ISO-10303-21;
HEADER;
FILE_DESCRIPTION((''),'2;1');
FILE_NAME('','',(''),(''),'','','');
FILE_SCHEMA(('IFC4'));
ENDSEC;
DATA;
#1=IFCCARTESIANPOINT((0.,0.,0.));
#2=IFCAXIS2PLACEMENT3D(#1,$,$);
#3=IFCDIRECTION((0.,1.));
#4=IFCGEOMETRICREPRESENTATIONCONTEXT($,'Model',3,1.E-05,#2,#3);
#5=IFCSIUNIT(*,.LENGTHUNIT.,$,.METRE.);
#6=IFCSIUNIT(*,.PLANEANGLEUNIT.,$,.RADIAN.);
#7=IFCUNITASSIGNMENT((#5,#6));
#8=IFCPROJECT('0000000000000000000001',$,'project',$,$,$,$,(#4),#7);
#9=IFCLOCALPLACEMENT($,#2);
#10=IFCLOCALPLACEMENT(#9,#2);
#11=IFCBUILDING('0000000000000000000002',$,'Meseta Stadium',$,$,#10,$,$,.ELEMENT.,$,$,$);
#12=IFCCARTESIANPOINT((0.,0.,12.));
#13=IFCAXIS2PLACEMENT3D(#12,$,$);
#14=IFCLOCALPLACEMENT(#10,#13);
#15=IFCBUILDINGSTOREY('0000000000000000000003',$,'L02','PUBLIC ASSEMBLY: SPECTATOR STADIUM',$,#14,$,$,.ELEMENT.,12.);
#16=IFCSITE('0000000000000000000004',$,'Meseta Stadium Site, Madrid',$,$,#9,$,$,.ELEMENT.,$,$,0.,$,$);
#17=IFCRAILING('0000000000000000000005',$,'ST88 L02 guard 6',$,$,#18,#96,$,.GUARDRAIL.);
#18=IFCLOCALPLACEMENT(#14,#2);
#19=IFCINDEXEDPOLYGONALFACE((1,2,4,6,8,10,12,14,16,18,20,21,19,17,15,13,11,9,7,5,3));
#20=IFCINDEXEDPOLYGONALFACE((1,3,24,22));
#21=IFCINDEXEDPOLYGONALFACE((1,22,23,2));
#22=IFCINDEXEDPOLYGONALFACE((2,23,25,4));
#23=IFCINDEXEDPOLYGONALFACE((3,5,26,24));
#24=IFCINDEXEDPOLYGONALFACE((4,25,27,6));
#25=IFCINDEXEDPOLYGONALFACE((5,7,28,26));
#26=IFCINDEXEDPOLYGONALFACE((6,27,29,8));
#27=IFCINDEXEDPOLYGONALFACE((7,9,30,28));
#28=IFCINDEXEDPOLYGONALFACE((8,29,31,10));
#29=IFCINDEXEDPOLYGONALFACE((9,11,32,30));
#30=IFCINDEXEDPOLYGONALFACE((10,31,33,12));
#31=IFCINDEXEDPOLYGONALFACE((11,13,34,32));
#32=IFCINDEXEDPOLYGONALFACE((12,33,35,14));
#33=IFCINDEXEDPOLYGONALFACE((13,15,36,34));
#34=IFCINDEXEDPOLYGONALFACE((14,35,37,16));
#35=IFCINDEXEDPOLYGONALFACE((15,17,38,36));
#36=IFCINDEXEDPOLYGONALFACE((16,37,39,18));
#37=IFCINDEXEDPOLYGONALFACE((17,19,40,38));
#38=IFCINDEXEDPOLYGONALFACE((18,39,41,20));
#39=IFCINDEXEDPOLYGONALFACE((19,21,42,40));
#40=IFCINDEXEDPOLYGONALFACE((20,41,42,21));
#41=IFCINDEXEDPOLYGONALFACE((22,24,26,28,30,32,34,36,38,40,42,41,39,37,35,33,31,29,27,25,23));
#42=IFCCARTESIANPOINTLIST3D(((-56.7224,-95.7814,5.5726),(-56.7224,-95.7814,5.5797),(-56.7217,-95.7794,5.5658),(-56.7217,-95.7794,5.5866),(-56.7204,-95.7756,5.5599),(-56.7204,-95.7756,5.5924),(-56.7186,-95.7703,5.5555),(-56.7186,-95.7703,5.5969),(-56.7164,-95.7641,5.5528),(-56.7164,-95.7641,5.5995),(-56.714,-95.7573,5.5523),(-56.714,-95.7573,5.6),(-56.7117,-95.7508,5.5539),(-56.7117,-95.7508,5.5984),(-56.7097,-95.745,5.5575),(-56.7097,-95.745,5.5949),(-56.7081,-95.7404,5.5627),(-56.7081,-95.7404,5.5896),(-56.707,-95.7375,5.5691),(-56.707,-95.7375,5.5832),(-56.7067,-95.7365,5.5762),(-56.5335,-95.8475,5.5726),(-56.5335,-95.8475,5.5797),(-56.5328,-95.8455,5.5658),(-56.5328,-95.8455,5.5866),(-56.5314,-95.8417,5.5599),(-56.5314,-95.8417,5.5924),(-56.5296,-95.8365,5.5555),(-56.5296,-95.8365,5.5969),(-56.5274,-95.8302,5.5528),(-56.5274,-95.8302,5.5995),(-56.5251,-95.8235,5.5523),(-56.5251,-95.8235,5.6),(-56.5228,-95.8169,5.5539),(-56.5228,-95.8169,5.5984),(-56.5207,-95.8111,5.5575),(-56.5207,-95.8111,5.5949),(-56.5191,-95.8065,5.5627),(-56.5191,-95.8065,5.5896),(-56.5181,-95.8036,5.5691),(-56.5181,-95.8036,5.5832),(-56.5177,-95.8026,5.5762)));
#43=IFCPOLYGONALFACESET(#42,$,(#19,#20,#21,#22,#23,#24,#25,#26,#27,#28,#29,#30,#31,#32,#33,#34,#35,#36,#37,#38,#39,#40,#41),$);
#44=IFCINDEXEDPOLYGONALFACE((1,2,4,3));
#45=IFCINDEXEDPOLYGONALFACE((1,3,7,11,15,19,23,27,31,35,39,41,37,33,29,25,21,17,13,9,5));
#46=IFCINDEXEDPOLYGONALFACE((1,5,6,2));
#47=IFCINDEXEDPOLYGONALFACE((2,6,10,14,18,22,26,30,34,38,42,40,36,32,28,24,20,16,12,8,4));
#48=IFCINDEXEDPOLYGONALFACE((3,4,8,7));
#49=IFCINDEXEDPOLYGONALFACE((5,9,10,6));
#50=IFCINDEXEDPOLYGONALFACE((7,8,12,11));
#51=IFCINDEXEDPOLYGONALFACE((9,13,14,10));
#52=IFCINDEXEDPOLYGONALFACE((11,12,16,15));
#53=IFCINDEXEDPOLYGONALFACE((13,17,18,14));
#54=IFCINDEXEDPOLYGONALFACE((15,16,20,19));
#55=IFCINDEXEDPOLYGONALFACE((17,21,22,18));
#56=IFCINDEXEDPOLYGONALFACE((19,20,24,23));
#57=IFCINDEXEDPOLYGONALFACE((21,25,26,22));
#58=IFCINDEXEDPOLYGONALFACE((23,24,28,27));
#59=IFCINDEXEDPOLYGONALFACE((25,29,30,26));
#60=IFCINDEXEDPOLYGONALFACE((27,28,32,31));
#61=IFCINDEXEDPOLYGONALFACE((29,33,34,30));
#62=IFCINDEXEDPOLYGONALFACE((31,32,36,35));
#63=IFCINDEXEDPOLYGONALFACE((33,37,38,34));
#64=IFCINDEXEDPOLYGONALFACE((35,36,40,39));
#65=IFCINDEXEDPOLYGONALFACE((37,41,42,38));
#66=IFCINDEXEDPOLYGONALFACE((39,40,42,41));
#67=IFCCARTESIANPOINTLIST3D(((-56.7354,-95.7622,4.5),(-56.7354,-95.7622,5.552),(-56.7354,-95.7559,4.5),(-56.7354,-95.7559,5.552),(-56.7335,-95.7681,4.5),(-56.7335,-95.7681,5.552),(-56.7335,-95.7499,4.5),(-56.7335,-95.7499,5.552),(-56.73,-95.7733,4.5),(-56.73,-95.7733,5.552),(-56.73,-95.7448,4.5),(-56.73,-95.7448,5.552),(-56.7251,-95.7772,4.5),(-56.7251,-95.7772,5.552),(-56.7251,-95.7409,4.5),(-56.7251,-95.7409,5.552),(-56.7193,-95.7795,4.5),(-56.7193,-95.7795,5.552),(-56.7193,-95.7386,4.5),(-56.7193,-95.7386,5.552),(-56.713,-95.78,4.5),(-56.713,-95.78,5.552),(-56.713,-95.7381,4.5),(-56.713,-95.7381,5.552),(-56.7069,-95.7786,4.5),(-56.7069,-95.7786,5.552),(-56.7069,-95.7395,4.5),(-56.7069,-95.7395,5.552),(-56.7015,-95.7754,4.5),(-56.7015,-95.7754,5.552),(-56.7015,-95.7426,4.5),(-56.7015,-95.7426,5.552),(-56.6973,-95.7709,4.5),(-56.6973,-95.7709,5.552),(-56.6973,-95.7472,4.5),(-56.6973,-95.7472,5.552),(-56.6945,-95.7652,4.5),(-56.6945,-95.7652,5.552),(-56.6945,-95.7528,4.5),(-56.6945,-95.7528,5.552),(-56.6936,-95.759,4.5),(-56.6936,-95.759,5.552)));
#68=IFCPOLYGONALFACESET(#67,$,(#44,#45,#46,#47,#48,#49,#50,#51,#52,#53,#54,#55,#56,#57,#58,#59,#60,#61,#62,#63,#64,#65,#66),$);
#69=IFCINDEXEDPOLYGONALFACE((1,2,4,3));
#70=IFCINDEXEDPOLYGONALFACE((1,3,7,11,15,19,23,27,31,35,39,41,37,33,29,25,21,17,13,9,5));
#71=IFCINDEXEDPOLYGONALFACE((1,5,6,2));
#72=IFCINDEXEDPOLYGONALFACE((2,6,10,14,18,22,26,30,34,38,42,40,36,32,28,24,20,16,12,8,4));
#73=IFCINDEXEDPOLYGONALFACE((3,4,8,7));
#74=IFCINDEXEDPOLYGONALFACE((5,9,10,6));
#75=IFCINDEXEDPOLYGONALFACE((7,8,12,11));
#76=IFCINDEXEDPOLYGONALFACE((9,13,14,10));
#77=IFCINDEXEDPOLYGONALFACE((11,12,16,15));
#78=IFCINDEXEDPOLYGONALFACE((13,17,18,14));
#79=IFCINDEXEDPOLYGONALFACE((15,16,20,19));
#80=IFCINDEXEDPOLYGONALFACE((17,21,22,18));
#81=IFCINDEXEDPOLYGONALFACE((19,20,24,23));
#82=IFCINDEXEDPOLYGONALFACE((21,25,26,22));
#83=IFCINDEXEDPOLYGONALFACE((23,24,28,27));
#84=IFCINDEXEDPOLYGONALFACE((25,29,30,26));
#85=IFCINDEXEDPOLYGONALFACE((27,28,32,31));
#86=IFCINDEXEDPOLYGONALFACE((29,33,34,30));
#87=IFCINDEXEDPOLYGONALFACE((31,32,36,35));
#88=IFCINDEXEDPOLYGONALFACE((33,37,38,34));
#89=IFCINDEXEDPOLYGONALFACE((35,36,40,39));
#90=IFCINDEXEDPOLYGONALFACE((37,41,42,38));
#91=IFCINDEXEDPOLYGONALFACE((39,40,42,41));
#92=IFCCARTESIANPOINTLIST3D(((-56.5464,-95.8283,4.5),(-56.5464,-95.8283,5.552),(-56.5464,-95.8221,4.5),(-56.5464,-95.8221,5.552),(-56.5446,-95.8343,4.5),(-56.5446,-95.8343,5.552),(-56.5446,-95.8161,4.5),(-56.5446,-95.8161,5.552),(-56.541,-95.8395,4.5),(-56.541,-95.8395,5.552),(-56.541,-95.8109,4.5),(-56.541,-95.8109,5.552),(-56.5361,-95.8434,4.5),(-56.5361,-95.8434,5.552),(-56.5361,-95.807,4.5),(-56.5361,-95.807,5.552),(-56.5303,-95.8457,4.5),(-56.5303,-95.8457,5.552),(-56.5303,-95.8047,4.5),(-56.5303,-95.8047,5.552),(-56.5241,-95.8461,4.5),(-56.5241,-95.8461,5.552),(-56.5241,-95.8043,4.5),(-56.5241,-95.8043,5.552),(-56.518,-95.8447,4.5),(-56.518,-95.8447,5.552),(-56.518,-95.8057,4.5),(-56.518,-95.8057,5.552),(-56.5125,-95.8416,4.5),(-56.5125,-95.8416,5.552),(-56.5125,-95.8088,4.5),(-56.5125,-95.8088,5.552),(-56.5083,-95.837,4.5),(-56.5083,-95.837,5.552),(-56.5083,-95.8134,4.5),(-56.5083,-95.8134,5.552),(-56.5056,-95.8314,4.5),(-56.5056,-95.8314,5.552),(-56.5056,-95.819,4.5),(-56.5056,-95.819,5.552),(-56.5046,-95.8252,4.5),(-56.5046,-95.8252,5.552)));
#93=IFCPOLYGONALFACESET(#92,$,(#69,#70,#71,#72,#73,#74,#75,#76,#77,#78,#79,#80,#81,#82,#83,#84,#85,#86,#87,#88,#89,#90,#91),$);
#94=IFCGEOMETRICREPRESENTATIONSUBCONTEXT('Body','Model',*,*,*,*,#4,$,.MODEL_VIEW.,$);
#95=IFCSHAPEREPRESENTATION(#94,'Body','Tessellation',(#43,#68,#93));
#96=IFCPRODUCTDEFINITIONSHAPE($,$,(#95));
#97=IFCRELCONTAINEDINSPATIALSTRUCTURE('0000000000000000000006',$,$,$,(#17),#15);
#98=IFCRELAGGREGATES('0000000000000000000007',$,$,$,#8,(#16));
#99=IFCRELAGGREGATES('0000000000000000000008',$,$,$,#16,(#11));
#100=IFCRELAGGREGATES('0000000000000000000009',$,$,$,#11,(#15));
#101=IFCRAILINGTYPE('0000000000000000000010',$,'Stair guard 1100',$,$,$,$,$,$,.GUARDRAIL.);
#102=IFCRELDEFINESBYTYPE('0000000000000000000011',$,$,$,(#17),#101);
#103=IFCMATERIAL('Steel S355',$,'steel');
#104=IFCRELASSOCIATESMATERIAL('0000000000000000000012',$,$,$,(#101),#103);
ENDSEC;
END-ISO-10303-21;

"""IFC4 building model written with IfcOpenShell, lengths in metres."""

from ifc_helpers import new_model, si_unit, direction, frame, origin, origin_2d, place, context, subcontext, project, spatial, circle, extrude, material, type_object, element, save


model = new_model("IFC4")

# Units and contexts
model_context = context("Model", 3, precision=1e-05, world=origin(), true_north=direction((0.0, 1.0)))
body_context = subcontext(model_context, "Body", "Model", "MODEL_VIEW")
ifc_project = project(units=[si_unit("LENGTHUNIT", "METRE"), si_unit("PLANEANGLEUNIT", "RADIAN")], contexts=[model_context])

# Site, building, storey
site_placement = place(None, origin())
site = spatial("IfcSite", under=ifc_project, at=site_placement, Name="Meseta Stadium Site, Madrid", CompositionType="ELEMENT", RefElevation=0.0)
building_placement = place(site_placement, origin())
building = spatial("IfcBuilding", under=site, at=building_placement, Name="Meseta Stadium", CompositionType="ELEMENT")
storey_placement = place(building_placement, frame((0.0, 0.0, 12.0)))
storey = spatial("IfcBuildingStorey", under=building, at=storey_placement, Name="L02", Description="PUBLIC ASSEMBLY: SPECTATOR STADIUM", CompositionType="ELEMENT", Elevation=12.0)

# Railing
ifc_material_1 = material(Name="Steel S355", Category="steel")
railing_type_1 = type_object("IfcRailingType", Name="Stair guard 1100", PredefinedType="GUARDRAIL", material=ifc_material_1)
railing_1_placement = place(storey_placement, frame((-56.7146, -95.759, 4.5)))
element("IfcRailing", 1, at=railing_1_placement, inside=storey, type_object=railing_type_1, Name="ST88 L02 guard 6", PredefinedType="GUARDRAIL", context=body_context, shape_type="SweptSolid", body=[
    extrude(circle(Radius=0.0239, at=origin_2d()), frame((0.0, 0.0, 1.0762), z_axis=(0.94382, -0.330459, 0.0), x_axis=(0.330459, 0.94382, 0.0)), (0.0, 0.0, 1.0), 0.2002),
    extrude(circle(Radius=0.021, at=origin_2d()), origin(), (0.0, 0.0, 1.0), 1.052),
    extrude(circle(Radius=0.021, at=origin_2d()), frame((0.189, -0.0662, 0.0)), (0.0, 0.0, 1.0), 1.052),
])

save(model, "model.ifc")
